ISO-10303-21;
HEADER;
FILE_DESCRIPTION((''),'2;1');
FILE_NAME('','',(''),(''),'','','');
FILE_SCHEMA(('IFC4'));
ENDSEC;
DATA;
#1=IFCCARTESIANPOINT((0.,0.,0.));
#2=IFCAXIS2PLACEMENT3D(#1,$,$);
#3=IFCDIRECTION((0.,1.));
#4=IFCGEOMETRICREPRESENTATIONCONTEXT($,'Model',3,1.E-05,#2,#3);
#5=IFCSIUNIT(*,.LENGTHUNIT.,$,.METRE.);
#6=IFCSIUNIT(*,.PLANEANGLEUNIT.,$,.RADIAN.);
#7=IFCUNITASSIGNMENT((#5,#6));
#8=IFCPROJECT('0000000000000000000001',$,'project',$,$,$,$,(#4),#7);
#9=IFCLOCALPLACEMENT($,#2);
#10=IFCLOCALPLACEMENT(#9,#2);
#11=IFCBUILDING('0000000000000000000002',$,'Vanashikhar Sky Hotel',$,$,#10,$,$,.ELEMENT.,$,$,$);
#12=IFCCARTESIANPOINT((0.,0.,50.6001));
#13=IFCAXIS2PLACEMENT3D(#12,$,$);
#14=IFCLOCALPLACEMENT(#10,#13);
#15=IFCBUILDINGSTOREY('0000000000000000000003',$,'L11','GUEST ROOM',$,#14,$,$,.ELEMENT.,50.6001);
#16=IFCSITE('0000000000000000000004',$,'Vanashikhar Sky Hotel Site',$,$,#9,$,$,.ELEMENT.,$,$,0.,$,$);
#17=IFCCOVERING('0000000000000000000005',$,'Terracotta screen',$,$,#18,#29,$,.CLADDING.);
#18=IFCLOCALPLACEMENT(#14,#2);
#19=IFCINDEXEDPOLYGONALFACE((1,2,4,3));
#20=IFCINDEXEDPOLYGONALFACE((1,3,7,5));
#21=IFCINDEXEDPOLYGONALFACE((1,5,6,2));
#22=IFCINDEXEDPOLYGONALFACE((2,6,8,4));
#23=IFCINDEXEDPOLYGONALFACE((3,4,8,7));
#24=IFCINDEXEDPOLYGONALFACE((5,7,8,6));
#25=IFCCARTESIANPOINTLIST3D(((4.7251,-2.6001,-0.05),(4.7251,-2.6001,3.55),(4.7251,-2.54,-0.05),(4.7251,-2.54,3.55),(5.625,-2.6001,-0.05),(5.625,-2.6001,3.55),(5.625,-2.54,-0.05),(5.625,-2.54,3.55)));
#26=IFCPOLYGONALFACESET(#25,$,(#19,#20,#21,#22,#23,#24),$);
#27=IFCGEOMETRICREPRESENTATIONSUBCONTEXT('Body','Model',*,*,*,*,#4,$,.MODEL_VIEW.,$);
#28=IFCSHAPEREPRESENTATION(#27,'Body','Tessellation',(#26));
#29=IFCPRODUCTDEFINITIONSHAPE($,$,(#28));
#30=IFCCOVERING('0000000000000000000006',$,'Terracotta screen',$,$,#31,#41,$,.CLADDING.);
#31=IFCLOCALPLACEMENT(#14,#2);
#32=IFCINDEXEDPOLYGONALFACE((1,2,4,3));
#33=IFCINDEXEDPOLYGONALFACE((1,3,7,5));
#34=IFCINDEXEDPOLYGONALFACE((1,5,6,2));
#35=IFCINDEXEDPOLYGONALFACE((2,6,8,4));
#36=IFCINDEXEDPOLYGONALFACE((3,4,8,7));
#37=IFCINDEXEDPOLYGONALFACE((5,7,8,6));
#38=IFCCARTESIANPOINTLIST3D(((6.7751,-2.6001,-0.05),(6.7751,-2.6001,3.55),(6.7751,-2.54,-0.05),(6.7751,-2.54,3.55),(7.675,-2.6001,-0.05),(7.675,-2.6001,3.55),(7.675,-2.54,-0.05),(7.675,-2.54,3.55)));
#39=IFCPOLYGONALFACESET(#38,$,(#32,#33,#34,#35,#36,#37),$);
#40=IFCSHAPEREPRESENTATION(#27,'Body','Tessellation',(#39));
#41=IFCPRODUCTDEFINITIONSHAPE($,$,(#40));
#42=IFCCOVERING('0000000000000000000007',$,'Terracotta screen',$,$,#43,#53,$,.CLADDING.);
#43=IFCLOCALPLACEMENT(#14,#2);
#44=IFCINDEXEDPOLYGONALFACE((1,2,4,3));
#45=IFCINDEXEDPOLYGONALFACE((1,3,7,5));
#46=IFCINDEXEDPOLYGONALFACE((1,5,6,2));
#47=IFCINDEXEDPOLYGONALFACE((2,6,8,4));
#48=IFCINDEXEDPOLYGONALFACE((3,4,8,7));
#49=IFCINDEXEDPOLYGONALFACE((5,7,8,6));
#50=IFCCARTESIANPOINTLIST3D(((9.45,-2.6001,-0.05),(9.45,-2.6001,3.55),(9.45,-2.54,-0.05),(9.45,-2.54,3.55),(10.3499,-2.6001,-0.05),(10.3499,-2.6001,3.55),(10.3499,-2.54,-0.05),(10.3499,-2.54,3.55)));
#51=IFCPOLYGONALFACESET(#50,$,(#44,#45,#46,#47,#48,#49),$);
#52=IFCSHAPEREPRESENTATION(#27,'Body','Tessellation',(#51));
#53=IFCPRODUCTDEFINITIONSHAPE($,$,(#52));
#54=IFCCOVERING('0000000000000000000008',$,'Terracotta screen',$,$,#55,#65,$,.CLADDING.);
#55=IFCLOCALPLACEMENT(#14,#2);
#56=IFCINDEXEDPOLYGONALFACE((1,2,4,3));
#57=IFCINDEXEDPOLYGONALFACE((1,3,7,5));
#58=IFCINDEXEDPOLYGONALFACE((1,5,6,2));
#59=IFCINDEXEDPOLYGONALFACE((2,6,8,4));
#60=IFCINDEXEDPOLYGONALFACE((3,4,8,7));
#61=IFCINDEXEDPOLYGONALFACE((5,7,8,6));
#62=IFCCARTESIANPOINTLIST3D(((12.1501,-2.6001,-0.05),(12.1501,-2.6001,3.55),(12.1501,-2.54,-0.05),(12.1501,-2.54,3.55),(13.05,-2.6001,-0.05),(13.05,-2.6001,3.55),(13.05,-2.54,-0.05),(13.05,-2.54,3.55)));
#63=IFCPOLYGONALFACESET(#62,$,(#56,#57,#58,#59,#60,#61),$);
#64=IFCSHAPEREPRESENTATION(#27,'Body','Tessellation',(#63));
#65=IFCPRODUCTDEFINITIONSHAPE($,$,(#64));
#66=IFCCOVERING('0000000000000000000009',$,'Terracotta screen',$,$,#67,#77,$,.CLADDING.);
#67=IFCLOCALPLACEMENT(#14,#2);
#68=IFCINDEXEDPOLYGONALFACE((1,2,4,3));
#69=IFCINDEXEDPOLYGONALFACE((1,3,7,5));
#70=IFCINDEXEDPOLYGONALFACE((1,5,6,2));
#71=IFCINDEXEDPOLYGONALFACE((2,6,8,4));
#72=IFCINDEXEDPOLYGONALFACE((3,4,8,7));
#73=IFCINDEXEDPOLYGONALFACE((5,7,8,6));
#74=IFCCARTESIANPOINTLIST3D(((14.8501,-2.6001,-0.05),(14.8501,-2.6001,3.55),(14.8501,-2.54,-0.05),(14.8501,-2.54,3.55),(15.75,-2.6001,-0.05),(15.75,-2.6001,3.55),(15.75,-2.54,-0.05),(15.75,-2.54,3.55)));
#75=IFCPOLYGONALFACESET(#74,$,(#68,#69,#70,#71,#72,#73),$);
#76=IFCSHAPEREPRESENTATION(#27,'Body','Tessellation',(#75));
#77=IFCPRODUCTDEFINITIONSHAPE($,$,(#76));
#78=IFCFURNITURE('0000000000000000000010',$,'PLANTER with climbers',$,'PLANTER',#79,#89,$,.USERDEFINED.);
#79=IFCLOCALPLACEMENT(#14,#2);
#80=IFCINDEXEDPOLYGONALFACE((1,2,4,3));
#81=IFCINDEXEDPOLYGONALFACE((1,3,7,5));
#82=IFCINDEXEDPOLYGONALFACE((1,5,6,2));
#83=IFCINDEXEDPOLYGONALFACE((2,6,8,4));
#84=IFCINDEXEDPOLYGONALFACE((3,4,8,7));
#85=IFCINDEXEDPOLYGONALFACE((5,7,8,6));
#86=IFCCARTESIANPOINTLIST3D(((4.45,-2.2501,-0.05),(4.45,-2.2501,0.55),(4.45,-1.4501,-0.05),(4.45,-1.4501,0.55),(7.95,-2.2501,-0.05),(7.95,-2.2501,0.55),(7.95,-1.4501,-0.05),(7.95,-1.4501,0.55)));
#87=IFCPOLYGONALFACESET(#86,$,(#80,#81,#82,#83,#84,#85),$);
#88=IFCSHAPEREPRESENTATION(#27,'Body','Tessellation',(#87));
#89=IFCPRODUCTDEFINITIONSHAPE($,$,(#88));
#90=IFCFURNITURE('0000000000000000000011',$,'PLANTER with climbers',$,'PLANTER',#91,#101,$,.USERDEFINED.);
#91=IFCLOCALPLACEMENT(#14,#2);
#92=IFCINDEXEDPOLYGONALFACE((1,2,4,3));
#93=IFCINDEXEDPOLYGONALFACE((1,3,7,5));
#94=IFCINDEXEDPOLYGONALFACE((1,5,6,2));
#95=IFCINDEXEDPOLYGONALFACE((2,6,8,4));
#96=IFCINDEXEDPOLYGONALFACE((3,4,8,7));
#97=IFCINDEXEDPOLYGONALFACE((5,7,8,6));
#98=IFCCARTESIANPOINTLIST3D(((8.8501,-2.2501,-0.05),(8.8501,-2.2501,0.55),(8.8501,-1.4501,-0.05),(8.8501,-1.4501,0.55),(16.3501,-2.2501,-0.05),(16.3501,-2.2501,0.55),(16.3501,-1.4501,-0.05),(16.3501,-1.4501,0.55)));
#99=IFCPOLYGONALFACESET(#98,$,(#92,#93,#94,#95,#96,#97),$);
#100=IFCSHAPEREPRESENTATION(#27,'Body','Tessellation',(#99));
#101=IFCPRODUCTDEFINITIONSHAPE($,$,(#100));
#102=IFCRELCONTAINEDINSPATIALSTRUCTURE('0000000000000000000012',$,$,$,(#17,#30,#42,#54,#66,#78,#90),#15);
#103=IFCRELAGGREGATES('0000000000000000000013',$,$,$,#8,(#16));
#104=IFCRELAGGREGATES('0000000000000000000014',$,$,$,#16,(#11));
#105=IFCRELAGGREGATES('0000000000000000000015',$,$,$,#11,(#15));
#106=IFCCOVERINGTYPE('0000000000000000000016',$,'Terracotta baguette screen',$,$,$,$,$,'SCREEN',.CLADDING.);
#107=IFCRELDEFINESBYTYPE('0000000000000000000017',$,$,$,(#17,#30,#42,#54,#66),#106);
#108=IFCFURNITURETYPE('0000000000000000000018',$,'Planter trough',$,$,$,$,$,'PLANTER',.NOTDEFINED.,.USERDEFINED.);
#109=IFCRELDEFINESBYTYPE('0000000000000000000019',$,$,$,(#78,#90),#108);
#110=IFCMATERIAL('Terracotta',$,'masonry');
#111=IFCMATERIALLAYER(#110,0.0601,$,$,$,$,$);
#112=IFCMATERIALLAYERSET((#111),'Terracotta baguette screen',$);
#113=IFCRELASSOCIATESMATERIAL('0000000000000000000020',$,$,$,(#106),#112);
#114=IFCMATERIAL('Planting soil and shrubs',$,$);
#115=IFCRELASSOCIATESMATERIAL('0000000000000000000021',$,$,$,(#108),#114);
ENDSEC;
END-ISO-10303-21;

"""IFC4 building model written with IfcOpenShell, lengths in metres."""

from ifc_helpers import new_model, si_unit, direction, frame, origin, origin_2d, place, context, subcontext, project, spatial, rectangle, extrude, source, transform, mapped, material, layer, layer_set, type_object, element, save


model = new_model("IFC4")

# Units and contexts
model_context = context("Model", 3, precision=1e-05, world=origin(), true_north=direction((0.0, 1.0)))
body_context = subcontext(model_context, "Body", "Model", "MODEL_VIEW")
ifc_project = project(units=[si_unit("LENGTHUNIT", "METRE"), si_unit("PLANEANGLEUNIT", "RADIAN")], contexts=[model_context])

# Site, building, storey
site_placement = place(None, origin())
site = spatial("IfcSite", under=ifc_project, at=site_placement, Name="Vanashikhar Sky Hotel Site", CompositionType="ELEMENT", RefElevation=0.0)
building_placement = place(site_placement, origin())
building = spatial("IfcBuilding", under=site, at=building_placement, Name="Vanashikhar Sky Hotel", CompositionType="ELEMENT")
storey_placement = place(building_placement, frame((0.0, 0.0, 50.6001)))
storey = spatial("IfcBuildingStorey", under=building, at=storey_placement, Name="L11", Description="GUEST ROOM", CompositionType="ELEMENT", Elevation=50.6001)

# Coverings
ifc_material_1 = material(Name="Terracotta", Category="masonry")
ifc_layer_1 = layer(ifc_material_1, 0.0601)
ifc_layer_set_1 = layer_set([ifc_layer_1], Name="Terracotta baguette screen")
covering_type = type_object("IfcCoveringType", Name="Terracotta baguette screen", ElementType="SCREEN", PredefinedType="CLADDING", material=ifc_layer_set_1)
shared_shape_1 = source(origin(), body_context, "Body", "SweptSolid", [
    extrude(rectangle(XDim=0.8999, YDim=0.0601, at=origin_2d()), origin(), (0.0, 0.0, 1.0), 3.6001),
])
for number, where, z_axis, x_axis, name in (
    (1, (5.175, -2.5701, -0.05), (0.0, 0.0, 1.0), (1.0, 0.0, 0.0), "Terracotta screen"),
    (2, (7.2251, -2.5701, -0.05), (0.0, 0.0, 1.0), (1.0, 0.0, 0.0), "Terracotta screen"),
    (3, (9.8999, -2.5701, -0.05), (0.0, 0.0, 1.0), (1.0, 0.0, 0.0), "Terracotta screen"),
    (4, (12.6001, -2.5701, -0.05), (0.0, 0.0, 1.0), (1.0, 0.0, 0.0), "Terracotta screen"),
    (5, (15.3, -2.5701, -0.05), (0.0, 0.0, 1.0), (1.0, 0.0, 0.0), "Terracotta screen"),
):
    element("IfcCovering", number, at=place(storey_placement, frame(where, z_axis=z_axis, x_axis=x_axis)), inside=storey, type_object=covering_type, Name=name, PredefinedType="CLADDING", context=body_context, shape_type="MappedRepresentation", body=[
        mapped(shared_shape_1, transform((0.0, 0.0, 0.0), scale=1.0)),
    ])

# Furniture
ifc_material_2 = material(Name="Planting soil and shrubs")
furniture_type = type_object("IfcFurnitureType", Name="Planter trough", ElementType="PLANTER", AssemblyPlace="NOTDEFINED", PredefinedType="USERDEFINED", material=ifc_material_2)
shared_shape_2 = source(origin(), body_context, "Body", "SweptSolid", [
    extrude(rectangle(XDim=3.5, YDim=0.8, at=origin_2d()), origin(), (0.0, 0.0, 1.0), 0.6001),
])
furniture_1_placement = place(storey_placement, frame((6.2, -1.8501, -0.05), z_axis=(0.0, 0.0, 1.0), x_axis=(1.0, 0.0, 0.0)))
element("IfcFurniture", 6, at=furniture_1_placement, inside=storey, type_object=furniture_type, Name="PLANTER with climbers", ObjectType="PLANTER", PredefinedType="USERDEFINED", context=body_context, shape_type="MappedRepresentation", body=[
    mapped(shared_shape_2, transform((0.0, 0.0, 0.0), scale=1.0)),
])
shared_shape_3 = source(origin(), body_context, "Body", "SweptSolid", [
    extrude(rectangle(XDim=7.5, YDim=0.8, at=origin_2d()), origin(), (0.0, 0.0, 1.0), 0.6001),
])
furniture_2_placement = place(storey_placement, frame((12.6001, -1.8501, -0.05), z_axis=(0.0, 0.0, 1.0), x_axis=(1.0, 0.0, 0.0)))
element("IfcFurniture", 7, at=furniture_2_placement, inside=storey, type_object=furniture_type, Name="PLANTER with climbers", ObjectType="PLANTER", PredefinedType="USERDEFINED", context=body_context, shape_type="MappedRepresentation", body=[
    mapped(shared_shape_3, transform((0.0, 0.0, 0.0), scale=1.0)),
])

save(model, "model.ifc")
